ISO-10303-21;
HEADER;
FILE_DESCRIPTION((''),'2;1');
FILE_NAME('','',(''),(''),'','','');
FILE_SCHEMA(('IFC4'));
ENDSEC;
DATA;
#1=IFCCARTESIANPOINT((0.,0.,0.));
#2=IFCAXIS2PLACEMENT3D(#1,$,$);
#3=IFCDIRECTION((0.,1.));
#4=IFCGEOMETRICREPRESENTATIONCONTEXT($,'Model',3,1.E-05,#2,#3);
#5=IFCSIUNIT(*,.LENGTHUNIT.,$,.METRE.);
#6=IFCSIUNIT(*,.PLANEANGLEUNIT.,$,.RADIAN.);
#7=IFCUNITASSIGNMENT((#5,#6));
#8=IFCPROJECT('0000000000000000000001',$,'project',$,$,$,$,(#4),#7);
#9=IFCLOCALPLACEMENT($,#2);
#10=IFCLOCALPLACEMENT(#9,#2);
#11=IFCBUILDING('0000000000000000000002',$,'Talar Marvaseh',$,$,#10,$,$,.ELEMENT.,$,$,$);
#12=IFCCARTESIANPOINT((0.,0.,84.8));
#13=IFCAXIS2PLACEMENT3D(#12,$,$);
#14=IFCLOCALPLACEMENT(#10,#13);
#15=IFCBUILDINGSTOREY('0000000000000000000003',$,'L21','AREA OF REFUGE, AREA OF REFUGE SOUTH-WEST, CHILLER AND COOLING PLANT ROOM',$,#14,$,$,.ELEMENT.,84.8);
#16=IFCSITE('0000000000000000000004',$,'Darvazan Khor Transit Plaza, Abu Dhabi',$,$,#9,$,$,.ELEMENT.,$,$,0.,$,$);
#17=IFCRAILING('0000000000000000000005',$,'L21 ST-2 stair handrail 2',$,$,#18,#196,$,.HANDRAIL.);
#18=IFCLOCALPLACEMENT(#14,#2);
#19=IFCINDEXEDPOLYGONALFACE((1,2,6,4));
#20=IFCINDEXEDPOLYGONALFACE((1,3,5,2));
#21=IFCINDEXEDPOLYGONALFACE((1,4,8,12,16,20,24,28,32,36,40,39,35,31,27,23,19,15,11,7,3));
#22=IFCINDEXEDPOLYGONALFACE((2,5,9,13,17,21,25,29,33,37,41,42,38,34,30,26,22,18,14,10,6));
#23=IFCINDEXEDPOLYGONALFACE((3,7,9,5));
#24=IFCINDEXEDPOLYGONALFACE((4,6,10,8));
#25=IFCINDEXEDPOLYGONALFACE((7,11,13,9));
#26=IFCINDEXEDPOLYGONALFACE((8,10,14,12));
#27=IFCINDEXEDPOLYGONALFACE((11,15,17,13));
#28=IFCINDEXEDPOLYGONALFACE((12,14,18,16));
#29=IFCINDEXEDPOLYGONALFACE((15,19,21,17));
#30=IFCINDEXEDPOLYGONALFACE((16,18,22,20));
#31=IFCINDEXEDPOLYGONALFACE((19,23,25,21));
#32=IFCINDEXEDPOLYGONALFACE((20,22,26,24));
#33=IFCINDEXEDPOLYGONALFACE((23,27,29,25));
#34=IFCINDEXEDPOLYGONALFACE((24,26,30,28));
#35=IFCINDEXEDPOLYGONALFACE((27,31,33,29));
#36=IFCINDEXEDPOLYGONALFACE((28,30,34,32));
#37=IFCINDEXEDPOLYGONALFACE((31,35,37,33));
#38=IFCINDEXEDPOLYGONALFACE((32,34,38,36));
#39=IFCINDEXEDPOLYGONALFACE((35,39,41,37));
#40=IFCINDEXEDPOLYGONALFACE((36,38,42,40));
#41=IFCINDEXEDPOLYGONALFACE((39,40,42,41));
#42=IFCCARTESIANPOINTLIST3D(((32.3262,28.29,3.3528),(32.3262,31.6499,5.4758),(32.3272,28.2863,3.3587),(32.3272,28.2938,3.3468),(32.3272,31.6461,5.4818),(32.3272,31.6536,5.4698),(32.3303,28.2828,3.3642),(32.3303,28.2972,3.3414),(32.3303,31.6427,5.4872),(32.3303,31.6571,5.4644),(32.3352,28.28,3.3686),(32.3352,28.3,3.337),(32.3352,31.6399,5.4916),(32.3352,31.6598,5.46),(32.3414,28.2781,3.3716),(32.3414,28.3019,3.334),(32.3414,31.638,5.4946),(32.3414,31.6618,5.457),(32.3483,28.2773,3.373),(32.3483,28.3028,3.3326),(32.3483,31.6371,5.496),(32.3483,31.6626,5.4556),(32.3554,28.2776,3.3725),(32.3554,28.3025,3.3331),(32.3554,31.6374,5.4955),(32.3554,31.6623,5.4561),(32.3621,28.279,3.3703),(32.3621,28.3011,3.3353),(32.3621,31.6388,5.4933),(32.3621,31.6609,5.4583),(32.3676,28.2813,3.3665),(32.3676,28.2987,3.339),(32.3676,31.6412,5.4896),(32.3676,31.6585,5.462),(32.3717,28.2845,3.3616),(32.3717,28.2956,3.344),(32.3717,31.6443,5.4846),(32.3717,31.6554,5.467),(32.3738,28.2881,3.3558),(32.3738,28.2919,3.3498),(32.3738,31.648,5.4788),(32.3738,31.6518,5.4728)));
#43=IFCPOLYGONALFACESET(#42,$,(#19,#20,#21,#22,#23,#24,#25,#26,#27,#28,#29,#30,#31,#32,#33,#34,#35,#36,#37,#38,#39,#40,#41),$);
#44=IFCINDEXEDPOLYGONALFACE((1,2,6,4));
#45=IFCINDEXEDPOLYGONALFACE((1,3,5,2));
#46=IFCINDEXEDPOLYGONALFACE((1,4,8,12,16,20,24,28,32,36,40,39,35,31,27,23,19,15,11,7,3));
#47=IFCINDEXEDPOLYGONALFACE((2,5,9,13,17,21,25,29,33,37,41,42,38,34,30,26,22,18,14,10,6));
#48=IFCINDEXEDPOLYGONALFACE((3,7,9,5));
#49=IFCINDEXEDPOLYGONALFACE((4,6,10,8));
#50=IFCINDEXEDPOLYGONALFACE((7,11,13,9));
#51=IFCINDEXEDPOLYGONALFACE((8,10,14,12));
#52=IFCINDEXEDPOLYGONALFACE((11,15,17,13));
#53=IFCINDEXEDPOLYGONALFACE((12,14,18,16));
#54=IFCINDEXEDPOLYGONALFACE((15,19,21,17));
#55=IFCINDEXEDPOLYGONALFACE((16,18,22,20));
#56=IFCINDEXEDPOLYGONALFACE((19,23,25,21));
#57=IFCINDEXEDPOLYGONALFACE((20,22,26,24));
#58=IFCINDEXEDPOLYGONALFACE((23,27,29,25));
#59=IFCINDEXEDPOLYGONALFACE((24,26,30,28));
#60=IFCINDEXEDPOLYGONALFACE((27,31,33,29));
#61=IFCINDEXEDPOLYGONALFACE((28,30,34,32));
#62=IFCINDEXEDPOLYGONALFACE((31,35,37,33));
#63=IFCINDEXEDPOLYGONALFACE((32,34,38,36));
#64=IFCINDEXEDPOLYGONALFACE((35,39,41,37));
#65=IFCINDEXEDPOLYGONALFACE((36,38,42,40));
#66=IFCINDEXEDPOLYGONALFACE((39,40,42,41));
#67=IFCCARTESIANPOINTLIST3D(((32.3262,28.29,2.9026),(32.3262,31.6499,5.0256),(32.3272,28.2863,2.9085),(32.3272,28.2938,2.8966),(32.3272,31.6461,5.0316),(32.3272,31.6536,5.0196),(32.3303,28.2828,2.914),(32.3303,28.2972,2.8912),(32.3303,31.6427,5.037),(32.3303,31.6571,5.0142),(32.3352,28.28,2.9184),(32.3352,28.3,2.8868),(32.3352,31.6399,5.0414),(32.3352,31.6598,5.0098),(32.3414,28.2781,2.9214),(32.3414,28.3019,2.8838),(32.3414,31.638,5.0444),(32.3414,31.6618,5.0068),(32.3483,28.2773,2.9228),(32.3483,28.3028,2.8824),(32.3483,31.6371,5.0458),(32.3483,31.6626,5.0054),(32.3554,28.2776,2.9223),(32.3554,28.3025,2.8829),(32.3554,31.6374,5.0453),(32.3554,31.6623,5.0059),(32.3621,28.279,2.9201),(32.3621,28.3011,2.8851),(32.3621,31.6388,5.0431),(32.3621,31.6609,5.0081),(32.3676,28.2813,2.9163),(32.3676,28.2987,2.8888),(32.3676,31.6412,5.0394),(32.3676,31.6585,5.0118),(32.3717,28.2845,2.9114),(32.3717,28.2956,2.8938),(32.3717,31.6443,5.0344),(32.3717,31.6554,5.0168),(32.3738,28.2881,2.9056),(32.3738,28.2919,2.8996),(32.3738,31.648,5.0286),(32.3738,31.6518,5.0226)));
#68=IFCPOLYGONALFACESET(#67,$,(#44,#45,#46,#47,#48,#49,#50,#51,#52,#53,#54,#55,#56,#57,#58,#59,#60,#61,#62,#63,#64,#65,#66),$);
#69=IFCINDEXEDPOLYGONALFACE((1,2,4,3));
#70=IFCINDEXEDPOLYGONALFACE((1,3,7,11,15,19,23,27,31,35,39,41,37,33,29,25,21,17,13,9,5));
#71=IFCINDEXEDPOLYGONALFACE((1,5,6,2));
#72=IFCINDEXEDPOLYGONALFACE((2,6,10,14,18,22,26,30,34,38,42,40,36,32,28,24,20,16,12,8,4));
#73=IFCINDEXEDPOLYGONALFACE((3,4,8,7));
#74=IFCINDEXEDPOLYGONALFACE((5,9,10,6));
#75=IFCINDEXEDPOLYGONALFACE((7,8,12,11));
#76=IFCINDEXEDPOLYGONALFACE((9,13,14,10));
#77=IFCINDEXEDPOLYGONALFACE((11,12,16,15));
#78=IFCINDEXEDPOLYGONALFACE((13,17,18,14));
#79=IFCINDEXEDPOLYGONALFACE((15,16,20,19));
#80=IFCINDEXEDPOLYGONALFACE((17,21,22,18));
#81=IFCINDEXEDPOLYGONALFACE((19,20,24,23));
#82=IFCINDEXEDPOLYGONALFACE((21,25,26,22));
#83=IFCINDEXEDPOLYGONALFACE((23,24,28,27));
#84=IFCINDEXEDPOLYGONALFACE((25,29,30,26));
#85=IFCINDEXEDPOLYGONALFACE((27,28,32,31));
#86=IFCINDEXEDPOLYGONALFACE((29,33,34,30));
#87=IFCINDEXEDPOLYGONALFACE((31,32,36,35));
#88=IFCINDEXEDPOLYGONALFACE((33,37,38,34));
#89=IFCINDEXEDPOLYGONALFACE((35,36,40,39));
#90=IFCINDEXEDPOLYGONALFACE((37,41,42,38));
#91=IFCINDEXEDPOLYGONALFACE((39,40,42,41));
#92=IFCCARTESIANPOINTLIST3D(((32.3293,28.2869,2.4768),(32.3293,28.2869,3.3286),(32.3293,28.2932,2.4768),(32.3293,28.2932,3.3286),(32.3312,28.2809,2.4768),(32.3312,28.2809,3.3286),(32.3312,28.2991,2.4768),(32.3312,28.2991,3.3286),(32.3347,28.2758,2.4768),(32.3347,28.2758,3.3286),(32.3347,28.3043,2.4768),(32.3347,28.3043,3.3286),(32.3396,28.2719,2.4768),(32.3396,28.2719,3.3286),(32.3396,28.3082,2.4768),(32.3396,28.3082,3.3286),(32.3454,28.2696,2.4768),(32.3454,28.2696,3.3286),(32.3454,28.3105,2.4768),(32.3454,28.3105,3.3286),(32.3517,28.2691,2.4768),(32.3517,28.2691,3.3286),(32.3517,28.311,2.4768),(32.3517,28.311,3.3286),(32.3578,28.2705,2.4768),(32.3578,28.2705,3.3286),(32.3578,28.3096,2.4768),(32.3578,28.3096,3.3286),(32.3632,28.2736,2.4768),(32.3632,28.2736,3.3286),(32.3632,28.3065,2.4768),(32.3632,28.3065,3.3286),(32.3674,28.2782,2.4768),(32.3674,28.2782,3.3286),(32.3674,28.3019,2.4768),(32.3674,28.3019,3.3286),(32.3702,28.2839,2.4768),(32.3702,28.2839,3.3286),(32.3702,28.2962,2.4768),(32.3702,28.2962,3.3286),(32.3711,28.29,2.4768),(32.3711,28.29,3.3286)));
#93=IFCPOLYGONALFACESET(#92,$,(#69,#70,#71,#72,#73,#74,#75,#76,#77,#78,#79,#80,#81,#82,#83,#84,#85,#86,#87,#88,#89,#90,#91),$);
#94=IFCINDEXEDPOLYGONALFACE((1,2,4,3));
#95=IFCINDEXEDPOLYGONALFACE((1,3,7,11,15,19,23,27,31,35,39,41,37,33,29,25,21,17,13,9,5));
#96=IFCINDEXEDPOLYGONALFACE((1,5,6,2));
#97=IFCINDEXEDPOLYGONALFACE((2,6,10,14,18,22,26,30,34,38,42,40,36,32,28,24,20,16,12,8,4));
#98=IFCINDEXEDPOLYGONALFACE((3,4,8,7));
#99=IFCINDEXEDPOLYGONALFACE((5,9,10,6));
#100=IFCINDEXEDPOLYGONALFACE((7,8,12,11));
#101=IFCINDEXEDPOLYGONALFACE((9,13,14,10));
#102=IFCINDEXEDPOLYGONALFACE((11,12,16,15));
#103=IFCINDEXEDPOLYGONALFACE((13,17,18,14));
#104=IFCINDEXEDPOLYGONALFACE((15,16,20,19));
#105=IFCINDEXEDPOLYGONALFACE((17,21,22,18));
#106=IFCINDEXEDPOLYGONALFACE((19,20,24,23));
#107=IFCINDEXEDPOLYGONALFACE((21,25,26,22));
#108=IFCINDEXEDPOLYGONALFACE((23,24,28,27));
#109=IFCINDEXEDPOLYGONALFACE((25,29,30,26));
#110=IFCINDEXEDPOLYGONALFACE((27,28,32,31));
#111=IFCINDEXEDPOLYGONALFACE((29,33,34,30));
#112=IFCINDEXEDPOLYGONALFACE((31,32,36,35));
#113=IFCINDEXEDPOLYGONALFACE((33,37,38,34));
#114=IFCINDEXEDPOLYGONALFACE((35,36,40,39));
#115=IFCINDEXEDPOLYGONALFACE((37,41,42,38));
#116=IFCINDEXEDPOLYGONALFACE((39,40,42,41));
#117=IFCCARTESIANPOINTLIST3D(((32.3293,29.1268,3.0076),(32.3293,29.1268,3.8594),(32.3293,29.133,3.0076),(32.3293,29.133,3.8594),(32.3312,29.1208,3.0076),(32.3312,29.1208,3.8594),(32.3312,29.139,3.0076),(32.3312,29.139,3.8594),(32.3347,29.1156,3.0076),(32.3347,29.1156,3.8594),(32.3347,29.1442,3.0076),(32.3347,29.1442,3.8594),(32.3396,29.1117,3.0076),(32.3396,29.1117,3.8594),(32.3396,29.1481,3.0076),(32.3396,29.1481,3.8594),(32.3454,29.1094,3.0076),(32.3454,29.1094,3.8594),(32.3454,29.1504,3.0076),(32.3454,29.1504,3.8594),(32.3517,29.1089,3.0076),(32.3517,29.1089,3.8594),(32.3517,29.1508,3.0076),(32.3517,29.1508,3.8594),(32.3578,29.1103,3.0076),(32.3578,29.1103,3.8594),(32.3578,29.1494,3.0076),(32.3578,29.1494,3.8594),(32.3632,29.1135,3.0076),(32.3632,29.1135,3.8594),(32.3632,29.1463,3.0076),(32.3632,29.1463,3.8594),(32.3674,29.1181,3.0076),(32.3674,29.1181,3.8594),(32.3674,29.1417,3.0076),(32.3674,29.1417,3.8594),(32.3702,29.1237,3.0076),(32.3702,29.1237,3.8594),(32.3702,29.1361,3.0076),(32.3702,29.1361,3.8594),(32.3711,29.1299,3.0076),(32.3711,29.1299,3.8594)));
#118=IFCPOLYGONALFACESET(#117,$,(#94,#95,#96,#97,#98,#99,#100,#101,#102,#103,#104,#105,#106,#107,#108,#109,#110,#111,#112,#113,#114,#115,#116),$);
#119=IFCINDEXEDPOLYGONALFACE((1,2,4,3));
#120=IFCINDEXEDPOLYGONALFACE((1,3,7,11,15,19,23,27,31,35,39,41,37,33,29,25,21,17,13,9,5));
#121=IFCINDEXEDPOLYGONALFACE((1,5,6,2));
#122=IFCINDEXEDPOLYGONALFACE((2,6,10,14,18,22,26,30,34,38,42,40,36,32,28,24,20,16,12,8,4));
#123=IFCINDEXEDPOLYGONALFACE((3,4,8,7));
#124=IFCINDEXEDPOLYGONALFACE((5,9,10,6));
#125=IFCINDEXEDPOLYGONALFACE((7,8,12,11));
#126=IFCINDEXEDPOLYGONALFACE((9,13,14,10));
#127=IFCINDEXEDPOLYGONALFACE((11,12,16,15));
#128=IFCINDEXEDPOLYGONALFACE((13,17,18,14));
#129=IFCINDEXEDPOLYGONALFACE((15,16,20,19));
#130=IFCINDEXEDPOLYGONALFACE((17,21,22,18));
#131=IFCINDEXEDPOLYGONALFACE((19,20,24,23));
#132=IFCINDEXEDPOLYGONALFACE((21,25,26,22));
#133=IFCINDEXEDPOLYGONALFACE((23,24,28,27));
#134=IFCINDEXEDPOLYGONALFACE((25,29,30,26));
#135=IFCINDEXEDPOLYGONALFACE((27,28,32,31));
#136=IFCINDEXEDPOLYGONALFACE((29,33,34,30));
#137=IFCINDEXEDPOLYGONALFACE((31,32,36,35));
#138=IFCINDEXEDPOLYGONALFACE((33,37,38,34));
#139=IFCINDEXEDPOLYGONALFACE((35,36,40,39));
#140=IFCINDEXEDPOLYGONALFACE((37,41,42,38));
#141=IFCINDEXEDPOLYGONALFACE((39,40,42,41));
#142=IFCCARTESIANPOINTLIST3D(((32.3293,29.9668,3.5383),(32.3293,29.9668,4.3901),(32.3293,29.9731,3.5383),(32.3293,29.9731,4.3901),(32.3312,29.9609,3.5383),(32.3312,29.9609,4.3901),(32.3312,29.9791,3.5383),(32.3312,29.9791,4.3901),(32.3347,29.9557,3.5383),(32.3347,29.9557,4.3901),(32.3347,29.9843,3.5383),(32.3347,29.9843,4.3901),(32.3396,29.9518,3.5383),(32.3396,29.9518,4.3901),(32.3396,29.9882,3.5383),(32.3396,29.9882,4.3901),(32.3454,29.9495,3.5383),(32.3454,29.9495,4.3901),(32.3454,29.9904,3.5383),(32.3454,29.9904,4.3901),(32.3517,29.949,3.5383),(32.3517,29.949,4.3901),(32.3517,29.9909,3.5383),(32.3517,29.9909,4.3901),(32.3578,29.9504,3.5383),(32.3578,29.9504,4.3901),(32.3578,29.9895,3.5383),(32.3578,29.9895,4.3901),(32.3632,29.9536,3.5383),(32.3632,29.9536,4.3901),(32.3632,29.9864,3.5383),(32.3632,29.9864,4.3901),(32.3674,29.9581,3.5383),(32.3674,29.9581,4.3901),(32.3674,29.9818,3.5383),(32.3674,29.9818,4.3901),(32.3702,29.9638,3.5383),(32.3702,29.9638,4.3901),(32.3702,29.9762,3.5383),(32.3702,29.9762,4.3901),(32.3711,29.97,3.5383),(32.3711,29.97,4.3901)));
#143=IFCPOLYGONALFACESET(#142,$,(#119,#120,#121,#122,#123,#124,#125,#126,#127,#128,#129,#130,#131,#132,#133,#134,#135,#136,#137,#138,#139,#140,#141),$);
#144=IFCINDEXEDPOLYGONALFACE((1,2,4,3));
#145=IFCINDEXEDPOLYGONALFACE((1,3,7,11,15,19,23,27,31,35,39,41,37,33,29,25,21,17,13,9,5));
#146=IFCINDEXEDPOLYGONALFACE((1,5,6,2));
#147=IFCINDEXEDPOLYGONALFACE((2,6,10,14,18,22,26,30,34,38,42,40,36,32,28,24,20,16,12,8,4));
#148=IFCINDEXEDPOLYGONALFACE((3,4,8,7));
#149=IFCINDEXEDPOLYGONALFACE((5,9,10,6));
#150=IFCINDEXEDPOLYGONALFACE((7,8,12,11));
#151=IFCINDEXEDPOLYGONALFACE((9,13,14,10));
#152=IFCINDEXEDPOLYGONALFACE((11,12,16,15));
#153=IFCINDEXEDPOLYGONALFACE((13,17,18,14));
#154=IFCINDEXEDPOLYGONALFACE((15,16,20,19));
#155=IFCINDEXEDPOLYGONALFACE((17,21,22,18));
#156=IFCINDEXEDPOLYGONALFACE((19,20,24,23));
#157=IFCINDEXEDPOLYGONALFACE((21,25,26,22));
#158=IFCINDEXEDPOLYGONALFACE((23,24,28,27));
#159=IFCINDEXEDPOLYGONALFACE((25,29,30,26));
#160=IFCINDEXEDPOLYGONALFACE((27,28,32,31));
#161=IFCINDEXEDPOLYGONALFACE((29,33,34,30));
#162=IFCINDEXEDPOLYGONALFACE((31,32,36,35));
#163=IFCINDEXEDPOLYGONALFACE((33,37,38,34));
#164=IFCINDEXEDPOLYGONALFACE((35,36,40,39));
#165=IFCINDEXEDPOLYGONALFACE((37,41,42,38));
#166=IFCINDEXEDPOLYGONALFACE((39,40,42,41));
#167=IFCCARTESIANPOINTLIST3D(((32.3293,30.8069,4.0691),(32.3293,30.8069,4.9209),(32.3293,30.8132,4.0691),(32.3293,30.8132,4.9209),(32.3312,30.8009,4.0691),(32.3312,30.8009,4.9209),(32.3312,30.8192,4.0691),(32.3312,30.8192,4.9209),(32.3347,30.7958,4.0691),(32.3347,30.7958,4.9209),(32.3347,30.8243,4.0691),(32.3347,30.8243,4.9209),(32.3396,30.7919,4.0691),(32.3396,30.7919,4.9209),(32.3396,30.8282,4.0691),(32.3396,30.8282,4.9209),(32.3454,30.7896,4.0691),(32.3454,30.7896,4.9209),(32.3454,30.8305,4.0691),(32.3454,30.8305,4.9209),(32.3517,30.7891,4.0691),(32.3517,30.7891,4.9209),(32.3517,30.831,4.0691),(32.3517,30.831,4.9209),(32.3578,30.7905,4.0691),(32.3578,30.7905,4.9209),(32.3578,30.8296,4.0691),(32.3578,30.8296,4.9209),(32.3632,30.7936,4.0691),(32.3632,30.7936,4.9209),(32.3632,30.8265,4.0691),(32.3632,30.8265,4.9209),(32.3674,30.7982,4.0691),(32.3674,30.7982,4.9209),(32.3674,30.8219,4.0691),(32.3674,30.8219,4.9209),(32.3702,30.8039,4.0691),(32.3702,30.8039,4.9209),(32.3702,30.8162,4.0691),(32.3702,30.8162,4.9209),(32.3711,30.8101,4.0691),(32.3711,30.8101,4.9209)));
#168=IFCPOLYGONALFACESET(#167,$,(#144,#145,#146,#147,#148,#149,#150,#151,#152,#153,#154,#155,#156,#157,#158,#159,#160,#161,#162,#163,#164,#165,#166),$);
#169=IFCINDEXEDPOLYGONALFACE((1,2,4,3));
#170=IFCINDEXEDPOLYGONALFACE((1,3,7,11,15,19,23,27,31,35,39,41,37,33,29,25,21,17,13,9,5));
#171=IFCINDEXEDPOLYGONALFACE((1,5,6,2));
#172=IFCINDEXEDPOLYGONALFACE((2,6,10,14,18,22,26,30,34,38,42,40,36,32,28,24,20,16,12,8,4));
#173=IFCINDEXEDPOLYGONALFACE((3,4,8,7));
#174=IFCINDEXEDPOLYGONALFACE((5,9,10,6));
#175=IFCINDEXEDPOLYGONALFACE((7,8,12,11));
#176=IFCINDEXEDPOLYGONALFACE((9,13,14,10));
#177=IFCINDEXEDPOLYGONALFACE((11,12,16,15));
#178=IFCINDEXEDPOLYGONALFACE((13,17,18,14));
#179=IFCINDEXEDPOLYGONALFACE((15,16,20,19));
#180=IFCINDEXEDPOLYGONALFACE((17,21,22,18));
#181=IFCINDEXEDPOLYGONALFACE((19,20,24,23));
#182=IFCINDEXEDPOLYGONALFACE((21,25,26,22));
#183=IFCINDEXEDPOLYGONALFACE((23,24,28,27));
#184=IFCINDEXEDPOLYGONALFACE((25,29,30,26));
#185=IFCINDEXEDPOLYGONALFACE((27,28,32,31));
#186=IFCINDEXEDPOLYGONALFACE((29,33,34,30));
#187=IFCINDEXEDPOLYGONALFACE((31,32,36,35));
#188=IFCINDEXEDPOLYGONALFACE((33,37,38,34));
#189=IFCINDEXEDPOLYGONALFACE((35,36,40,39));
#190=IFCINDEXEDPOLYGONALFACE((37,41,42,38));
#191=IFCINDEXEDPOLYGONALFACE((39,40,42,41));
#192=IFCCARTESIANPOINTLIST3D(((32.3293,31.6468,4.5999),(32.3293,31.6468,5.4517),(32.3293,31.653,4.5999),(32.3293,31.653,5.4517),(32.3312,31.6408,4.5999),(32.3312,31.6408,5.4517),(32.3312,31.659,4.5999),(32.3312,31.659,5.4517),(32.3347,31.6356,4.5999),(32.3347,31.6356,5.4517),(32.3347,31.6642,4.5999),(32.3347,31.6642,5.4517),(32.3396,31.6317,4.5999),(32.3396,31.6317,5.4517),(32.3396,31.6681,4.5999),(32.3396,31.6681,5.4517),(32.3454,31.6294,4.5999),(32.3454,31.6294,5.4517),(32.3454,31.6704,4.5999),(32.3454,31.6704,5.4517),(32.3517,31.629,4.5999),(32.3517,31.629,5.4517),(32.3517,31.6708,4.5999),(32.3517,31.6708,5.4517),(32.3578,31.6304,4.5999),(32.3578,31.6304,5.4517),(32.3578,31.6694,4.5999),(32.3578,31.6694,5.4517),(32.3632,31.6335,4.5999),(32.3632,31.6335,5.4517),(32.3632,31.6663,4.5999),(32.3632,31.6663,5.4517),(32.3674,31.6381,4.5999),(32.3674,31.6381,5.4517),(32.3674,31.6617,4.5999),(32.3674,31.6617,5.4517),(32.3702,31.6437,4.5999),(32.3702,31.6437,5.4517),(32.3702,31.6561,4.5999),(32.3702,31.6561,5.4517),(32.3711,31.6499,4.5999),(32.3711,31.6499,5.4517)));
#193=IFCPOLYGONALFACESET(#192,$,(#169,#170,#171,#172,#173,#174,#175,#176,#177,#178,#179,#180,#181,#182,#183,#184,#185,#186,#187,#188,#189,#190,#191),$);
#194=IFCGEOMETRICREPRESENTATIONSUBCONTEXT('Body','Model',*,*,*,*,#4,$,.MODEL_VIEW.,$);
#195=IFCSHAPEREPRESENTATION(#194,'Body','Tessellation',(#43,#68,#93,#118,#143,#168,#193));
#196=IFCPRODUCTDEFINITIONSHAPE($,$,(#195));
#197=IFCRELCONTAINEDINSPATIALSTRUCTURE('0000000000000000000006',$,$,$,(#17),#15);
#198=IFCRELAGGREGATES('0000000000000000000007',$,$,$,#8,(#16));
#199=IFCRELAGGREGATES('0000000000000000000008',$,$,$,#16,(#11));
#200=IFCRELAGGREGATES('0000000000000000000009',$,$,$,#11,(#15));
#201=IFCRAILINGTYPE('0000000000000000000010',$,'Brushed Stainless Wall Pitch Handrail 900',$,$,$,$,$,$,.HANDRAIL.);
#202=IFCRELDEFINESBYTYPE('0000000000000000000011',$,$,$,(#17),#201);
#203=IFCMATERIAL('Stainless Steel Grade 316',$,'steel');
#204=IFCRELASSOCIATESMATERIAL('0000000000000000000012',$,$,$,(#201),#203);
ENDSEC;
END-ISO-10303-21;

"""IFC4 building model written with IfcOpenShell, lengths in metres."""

from ifc_helpers import new_model, si_unit, direction, frame, origin, origin_2d, place, context, subcontext, project, spatial, circle, extrude, material, type_object, element, save


model = new_model("IFC4")

# Units and contexts
model_context = context("Model", 3, precision=1e-05, world=origin(), true_north=direction((0.0, 1.0)))
body_context = subcontext(model_context, "Body", "Model", "MODEL_VIEW")
ifc_project = project(units=[si_unit("LENGTHUNIT", "METRE"), si_unit("PLANEANGLEUNIT", "RADIAN")], contexts=[model_context])

# Site, building, storey
site_placement = place(None, origin())
site = spatial("IfcSite", under=ifc_project, at=site_placement, Name="Darvazan Khor Transit Plaza, Abu Dhabi", CompositionType="ELEMENT", RefElevation=0.0)
building_placement = place(site_placement, origin())
building = spatial("IfcBuilding", under=site, at=building_placement, Name="Talar Marvaseh", CompositionType="ELEMENT")
storey_placement = place(building_placement, frame((0.0, 0.0, 84.8)))
storey = spatial("IfcBuildingStorey", under=building, at=storey_placement, Name="L21", Description="AREA OF REFUGE, AREA OF REFUGE SOUTH-WEST, CHILLER AND COOLING PLANT ROOM", CompositionType="ELEMENT", Elevation=84.8)

# Railing
ifc_material_1 = material(Name="Stainless Steel Grade 316", Category="steel")
railing_type_1 = type_object("IfcRailingType", Name="Brushed Stainless Wall Pitch Handrail 900", PredefinedType="HANDRAIL", material=ifc_material_1)
railing_1_placement = place(storey_placement, frame((32.3501, 28.29, 2.4768)))
element("IfcRailing", 1, at=railing_1_placement, inside=storey, type_object=railing_type_1, Name="L21 ST-2 stair handrail 2", PredefinedType="HANDRAIL", context=body_context, shape_type="SweptSolid", body=[
    extrude(circle(Radius=0.0239, at=origin_2d()), frame((0.0, 0.0, 0.876), z_axis=(0.0, 0.845372, 0.534178), x_axis=(-1.0, 0.0, 0.0)), (0.0, 0.0, 1.0), 3.9744),
    extrude(circle(Radius=0.0239, at=origin_2d()), frame((0.0, 0.0, 0.4258), z_axis=(0.0, 0.845372, 0.534178), x_axis=(-1.0, 0.0, 0.0)), (0.0, 0.0, 1.0), 3.9744),
    extrude(circle(Radius=0.021, at=origin_2d()), origin(), (0.0, 0.0, 1.0), 0.8518),
    extrude(circle(Radius=0.021, at=origin_2d()), frame((0.0, 0.8398, 0.5308)), (0.0, 0.0, 1.0), 0.8518),
    extrude(circle(Radius=0.021, at=origin_2d()), frame((0.0, 1.6799, 1.0615)), (0.0, 0.0, 1.0), 0.8518),
    extrude(circle(Radius=0.021, at=origin_2d()), frame((0.0, 2.52, 1.5923)), (0.0, 0.0, 1.0), 0.8518),
    extrude(circle(Radius=0.021, at=origin_2d()), frame((0.0, 3.3599, 2.123)), (0.0, 0.0, 1.0), 0.8518),
])

save(model, "model.ifc")
